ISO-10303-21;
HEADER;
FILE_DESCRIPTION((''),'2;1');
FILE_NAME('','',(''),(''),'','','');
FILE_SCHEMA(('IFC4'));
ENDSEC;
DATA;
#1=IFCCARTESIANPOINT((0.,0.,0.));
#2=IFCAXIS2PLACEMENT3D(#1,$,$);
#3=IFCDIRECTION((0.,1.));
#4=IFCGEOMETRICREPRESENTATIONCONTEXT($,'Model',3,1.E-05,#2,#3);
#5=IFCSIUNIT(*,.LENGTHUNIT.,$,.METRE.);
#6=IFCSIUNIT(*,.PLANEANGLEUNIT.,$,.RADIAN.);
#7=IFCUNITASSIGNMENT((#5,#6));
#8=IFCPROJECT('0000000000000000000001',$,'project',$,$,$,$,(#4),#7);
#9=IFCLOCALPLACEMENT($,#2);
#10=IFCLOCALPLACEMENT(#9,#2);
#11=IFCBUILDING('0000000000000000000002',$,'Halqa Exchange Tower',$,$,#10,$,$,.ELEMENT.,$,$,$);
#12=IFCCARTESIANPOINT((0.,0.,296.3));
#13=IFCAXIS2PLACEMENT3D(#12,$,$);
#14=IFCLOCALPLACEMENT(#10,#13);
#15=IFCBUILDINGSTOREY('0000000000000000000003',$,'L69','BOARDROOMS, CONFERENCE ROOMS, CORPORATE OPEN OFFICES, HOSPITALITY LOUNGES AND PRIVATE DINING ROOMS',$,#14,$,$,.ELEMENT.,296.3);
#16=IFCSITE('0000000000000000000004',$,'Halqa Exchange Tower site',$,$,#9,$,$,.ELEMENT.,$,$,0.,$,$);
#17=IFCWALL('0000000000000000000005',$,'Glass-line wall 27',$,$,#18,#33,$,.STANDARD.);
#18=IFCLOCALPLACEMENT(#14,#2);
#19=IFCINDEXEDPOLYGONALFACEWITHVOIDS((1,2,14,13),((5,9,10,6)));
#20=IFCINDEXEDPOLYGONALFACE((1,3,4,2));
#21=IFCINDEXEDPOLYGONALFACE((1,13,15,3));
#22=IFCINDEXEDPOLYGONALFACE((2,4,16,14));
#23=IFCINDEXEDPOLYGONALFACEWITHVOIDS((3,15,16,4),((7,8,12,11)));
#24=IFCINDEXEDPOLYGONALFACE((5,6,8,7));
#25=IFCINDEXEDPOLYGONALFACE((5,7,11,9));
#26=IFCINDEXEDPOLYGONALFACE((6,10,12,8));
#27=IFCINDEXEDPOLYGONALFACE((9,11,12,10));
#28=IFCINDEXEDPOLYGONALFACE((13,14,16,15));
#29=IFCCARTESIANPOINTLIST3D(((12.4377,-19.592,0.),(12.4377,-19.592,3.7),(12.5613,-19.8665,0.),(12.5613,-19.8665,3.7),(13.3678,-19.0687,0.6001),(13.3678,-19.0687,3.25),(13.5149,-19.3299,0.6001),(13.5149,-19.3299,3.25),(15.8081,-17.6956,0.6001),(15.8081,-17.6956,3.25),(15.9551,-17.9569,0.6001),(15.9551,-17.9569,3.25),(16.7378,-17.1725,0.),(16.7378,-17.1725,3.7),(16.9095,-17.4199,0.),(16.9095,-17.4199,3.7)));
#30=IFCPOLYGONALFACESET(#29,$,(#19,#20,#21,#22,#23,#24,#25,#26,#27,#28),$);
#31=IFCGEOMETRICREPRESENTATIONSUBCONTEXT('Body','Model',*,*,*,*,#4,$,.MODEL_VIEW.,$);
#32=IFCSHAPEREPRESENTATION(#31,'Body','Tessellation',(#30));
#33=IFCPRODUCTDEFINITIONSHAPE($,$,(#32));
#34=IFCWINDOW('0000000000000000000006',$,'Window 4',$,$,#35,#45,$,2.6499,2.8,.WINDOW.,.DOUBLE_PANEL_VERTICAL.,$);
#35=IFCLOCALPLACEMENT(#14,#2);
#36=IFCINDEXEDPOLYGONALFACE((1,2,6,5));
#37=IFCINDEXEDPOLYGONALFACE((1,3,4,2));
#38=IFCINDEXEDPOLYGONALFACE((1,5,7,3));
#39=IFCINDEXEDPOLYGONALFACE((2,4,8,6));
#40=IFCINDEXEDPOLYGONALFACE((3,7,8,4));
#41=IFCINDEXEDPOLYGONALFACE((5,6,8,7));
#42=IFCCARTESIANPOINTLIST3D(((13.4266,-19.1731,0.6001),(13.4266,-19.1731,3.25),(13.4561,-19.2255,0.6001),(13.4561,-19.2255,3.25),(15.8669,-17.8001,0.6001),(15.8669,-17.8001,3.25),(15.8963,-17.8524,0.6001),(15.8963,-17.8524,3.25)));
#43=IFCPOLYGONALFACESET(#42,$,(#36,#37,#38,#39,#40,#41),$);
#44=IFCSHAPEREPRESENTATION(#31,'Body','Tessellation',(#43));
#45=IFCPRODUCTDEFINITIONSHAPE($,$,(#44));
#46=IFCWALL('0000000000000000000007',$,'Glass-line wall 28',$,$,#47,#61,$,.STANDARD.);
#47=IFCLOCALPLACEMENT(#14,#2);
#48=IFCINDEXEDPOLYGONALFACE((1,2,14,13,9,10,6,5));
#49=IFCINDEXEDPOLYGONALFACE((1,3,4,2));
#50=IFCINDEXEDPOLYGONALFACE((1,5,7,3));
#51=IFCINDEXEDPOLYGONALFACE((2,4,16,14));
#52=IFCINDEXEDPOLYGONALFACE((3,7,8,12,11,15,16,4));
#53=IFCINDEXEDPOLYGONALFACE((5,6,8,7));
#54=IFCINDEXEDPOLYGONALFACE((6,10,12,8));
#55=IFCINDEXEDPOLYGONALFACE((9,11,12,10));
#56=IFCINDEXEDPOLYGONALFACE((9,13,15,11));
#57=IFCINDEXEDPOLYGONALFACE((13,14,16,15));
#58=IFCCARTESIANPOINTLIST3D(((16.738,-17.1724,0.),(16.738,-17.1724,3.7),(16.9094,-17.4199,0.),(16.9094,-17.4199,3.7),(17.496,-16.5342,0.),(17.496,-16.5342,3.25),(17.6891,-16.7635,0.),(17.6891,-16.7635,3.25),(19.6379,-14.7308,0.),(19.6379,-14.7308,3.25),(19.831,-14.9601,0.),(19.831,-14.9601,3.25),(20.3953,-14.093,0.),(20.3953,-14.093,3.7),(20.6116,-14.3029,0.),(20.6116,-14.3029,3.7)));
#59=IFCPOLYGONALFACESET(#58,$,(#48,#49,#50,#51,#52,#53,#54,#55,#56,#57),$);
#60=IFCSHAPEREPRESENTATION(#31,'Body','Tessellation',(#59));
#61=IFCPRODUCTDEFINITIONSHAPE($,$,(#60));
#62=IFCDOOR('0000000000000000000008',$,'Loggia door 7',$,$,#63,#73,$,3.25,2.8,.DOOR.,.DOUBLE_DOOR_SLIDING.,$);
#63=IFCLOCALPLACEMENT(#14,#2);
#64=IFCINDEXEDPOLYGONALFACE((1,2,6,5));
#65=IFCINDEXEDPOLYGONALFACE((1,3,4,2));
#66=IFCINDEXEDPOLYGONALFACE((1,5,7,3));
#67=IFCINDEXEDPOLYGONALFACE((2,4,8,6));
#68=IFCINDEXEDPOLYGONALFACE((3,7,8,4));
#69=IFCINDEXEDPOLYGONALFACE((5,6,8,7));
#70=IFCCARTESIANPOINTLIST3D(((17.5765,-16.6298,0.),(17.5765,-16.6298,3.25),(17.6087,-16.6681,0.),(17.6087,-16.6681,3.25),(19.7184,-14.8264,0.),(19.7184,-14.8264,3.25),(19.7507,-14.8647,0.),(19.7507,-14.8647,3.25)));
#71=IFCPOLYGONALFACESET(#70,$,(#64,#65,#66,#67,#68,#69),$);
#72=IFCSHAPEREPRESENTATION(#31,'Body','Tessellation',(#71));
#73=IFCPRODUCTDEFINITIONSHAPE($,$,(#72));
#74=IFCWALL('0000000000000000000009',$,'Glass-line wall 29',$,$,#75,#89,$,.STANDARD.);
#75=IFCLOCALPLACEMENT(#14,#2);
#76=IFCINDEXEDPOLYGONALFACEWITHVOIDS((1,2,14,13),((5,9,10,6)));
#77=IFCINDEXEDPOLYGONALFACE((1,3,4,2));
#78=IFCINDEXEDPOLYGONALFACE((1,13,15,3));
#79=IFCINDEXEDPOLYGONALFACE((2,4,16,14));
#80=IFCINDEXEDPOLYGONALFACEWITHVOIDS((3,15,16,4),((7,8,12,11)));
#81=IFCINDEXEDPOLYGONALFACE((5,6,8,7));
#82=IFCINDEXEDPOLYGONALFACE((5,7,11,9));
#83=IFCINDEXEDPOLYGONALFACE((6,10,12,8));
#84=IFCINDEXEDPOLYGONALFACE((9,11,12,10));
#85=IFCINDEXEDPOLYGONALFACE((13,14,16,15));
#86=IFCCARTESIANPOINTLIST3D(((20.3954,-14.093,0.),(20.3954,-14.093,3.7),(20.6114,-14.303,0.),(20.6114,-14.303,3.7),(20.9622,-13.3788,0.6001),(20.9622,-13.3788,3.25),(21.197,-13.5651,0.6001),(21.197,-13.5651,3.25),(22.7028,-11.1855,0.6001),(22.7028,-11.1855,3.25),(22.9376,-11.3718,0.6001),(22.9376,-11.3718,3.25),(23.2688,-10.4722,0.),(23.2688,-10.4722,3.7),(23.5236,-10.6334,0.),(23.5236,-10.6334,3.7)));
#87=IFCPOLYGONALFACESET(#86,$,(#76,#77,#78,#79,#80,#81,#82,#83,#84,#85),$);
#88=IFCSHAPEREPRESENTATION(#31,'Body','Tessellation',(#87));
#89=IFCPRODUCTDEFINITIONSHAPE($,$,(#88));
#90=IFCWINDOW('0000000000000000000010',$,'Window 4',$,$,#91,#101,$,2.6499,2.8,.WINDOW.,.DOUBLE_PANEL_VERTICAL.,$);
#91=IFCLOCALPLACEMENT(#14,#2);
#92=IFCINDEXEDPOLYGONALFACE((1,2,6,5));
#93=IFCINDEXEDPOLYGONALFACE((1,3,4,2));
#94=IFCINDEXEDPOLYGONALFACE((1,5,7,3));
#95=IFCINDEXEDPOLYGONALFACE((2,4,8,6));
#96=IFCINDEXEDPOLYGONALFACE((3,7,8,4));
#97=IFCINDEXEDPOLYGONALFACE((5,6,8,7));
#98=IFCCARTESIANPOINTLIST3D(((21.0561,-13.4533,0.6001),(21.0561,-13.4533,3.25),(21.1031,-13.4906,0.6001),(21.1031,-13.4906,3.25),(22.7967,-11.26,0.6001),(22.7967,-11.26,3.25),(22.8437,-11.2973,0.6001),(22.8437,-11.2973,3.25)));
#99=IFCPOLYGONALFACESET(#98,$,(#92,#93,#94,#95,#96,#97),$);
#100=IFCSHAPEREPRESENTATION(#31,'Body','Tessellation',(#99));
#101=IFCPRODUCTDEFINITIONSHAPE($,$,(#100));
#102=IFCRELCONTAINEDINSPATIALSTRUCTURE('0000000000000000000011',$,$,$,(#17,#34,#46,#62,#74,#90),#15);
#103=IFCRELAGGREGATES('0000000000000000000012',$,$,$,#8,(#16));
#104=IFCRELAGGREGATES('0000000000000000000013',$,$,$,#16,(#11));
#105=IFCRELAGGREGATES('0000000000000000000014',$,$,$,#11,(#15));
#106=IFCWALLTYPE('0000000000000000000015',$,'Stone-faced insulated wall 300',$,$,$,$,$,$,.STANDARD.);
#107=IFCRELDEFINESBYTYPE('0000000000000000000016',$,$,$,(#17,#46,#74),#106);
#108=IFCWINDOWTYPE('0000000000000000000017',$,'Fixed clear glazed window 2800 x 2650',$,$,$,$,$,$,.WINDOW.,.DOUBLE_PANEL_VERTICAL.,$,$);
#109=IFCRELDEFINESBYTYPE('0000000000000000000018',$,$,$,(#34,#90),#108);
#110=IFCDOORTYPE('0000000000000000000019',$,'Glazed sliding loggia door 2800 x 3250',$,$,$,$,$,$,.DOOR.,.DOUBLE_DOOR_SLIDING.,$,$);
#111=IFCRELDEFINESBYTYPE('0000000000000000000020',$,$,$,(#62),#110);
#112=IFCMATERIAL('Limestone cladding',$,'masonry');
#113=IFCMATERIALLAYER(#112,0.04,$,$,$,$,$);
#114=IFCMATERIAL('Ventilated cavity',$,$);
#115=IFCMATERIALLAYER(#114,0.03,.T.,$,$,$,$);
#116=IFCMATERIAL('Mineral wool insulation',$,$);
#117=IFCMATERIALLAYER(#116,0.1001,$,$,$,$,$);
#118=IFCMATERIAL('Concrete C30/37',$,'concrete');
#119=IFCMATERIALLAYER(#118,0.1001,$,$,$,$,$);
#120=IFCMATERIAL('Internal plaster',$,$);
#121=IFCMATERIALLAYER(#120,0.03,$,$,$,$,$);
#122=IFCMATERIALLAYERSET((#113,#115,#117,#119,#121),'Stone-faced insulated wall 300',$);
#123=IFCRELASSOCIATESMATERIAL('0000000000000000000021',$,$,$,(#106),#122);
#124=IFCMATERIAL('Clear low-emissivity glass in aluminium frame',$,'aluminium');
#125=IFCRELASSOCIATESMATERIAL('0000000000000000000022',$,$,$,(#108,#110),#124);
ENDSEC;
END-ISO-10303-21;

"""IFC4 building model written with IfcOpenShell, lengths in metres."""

from ifc_helpers import new_model, si_unit, direction, frame, frame_2d, origin, place, context, subcontext, project, spatial, polyline, rectangle, outline, extrude, material, layer, layer_set, type_object, element, fill, save


model = new_model("IFC4")

# Units and contexts
model_context = context("Model", 3, precision=1e-05, world=origin(), true_north=direction((0.0, 1.0)))
body_context = subcontext(model_context, "Body", "Model", "MODEL_VIEW")
ifc_project = project(units=[si_unit("LENGTHUNIT", "METRE"), si_unit("PLANEANGLEUNIT", "RADIAN")], contexts=[model_context])

# Site, building, storey
site_placement = place(None, origin())
site = spatial("IfcSite", under=ifc_project, at=site_placement, Name="Halqa Exchange Tower site", CompositionType="ELEMENT", RefElevation=0.0)
building_placement = place(site_placement, origin())
building = spatial("IfcBuilding", under=site, at=building_placement, Name="Halqa Exchange Tower", CompositionType="ELEMENT")
storey_placement = place(building_placement, frame((0.0, 0.0, 296.3)))
storey = spatial("IfcBuildingStorey", under=building, at=storey_placement, Name="L69", Description="BOARDROOMS, CONFERENCE ROOMS, CORPORATE OPEN OFFICES, HOSPITALITY LOUNGES AND PRIVATE DINING ROOMS", CompositionType="ELEMENT", Elevation=296.3)

# Wall, opening, window
ifc_material_1 = material(Name="Limestone cladding", Category="masonry")
ifc_layer_1 = layer(ifc_material_1, 0.04)
ifc_material_2 = material(Name="Ventilated cavity")
ifc_layer_2 = layer(ifc_material_2, 0.03, ventilated=True)
ifc_material_3 = material(Name="Mineral wool insulation")
ifc_layer_3 = layer(ifc_material_3, 0.1001)
ifc_material_4 = material(Name="Concrete C30/37", Category="concrete")
ifc_layer_4 = layer(ifc_material_4, 0.1001)
ifc_material_5 = material(Name="Internal plaster")
ifc_layer_5 = layer(ifc_material_5, 0.03)
ifc_layer_set_1 = layer_set([ifc_layer_1, ifc_layer_2, ifc_layer_3, ifc_layer_4, ifc_layer_5], Name="Stone-faced insulated wall 300")
wall_type_1 = type_object("IfcWallType", Name="Stone-faced insulated wall 300", PredefinedType="STANDARD", material=ifc_layer_set_1)
wall_1_placement = place(storey_placement, frame((12.4995, -19.7292, 0.0), z_axis=(0.0, 0.0, 1.0), x_axis=(0.871512, 0.490373, 0.0)))
wall_1 = element("IfcWall", 1, at=wall_1_placement, inside=storey, type_object=wall_type_1, Name="Glass-line wall 27", PredefinedType="STANDARD", context=body_context, shape_type="SweptSolid", body=[
    extrude(outline(polyline([(-0.0134, -0.1499), (4.9758, -0.1499), (4.9475, 0.1499), (0.0134, 0.1499), (-0.0134, -0.1499)])), origin(), (0.0, 0.0, 1.0), 3.7),
])
opening_1_placement = place(wall_1_placement, frame((1.0808, 0.0, 0.6001)))
opening_1 = element("IfcOpeningElement", 2, at=opening_1_placement, cuts=wall_1, PredefinedType="OPENING", context=body_context, shape_type="SweptSolid", body=[
    extrude(rectangle(XDim=2.8, YDim=2.6499, at=frame_2d((1.3999, 1.325))), frame((0.0, 0.1621, 0.0), z_axis=(0.0, -1.0, 0.0), x_axis=(1.0, 0.0, 0.0)), (0.0, 0.0, 1.0), 0.324),
])
ifc_material_6 = material(Name="Clear low-emissivity glass in aluminium frame", Category="aluminium")
window_type = type_object("IfcWindowType", Name="Fixed clear glazed window 2800 x 2650", PartitioningType="DOUBLE_PANEL_VERTICAL", PredefinedType="WINDOW", material=ifc_material_6)
window_1_placement = place(opening_1_placement, origin())
window_1 = element("IfcWindow", 3, at=window_1_placement, inside=storey, type_object=window_type, Name="Window 4", OverallHeight=2.6499, OverallWidth=2.8, PartitioningType="DOUBLE_PANEL_VERTICAL", PredefinedType="WINDOW", context=body_context, shape_type="SweptSolid", body=[
    extrude(rectangle(XDim=2.8, YDim=2.6499, at=frame_2d((1.3999, 1.325))), frame((0.0, 0.03, 0.0), z_axis=(0.0, -1.0, 0.0), x_axis=(1.0, 0.0, 0.0)), (0.0, 0.0, 1.0), 0.0601),
])
fill(opening_1, window_1)

# Wall, opening, door
wall_2_placement = place(storey_placement, frame((16.8237, -17.2961, 0.0), z_axis=(0.0, 0.0, 1.0), x_axis=(0.764966, 0.64407, 0.0)))
wall_2 = element("IfcWall", 4, at=wall_2_placement, inside=storey, type_object=wall_type_1, Name="Glass-line wall 28", PredefinedType="STANDARD", context=body_context, shape_type="SweptSolid", body=[
    extrude(outline(polyline([(-0.0142, -0.1499), (4.8254, -0.1499), (4.7952, 0.1499), (0.0142, 0.1499), (-0.0142, -0.1499)])), origin(), (0.0, 0.0, 1.0), 3.7),
])
opening_2_placement = place(wall_2_placement, frame((1.0051, 0.0, 0.0)))
opening_2 = element("IfcOpeningElement", 5, at=opening_2_placement, cuts=wall_2, PredefinedType="OPENING", context=body_context, shape_type="SweptSolid", body=[
    extrude(rectangle(XDim=2.8, YDim=3.25, at=frame_2d((1.3999, 1.625))), frame((0.0, 0.1621, 0.0), z_axis=(0.0, -1.0, 0.0), x_axis=(1.0, 0.0, 0.0)), (0.0, 0.0, 1.0), 0.324),
])
door_type_1 = type_object("IfcDoorType", Name="Glazed sliding loggia door 2800 x 3250", OperationType="DOUBLE_DOOR_SLIDING", PredefinedType="DOOR", material=ifc_material_6)
door_1_placement = place(opening_2_placement, origin())
door_1 = element("IfcDoor", 6, at=door_1_placement, inside=storey, type_object=door_type_1, Name="Loggia door 7", OperationType="DOUBLE_DOOR_SLIDING", OverallHeight=3.25, OverallWidth=2.8, PredefinedType="DOOR", context=body_context, shape_type="SweptSolid", body=[
    extrude(rectangle(XDim=2.8, YDim=3.25, at=frame_2d((1.3999, 1.625))), frame((0.0, 0.0249, 0.0), z_axis=(0.0, -1.0, 0.0), x_axis=(1.0, 0.0, 0.0)), (0.0, 0.0, 1.0), 0.05),
])
fill(opening_2, door_1)

# Wall, opening, window
wall_3_placement = place(storey_placement, frame((20.5034, -14.198, 0.0), z_axis=(0.0, 0.0, 1.0), x_axis=(0.621626, 0.783314, 0.0)))
wall_3 = element("IfcWall", 7, at=wall_3_placement, inside=storey, type_object=wall_type_1, Name="Glass-line wall 29", PredefinedType="STANDARD", context=body_context, shape_type="SweptSolid", body=[
    extrude(outline(polyline([(-0.0151, -0.1499), (4.6697, -0.1499), (4.6375, 0.1499), (0.0151, 0.1499), (-0.0151, -0.1499)])), origin(), (0.0, 0.0, 1.0), 3.7),
])
opening_3_placement = place(wall_3_placement, frame((0.927, 0.0, 0.6001)))
opening_3 = element("IfcOpeningElement", 8, at=opening_3_placement, cuts=wall_3, PredefinedType="OPENING", context=body_context, shape_type="SweptSolid", body=[
    extrude(rectangle(XDim=2.8, YDim=2.6499, at=frame_2d((1.3999, 1.325))), frame((0.0, 0.1621, 0.0), z_axis=(0.0, -1.0, 0.0), x_axis=(1.0, 0.0, 0.0)), (0.0, 0.0, 1.0), 0.324),
])
window_2_placement = place(opening_3_placement, origin())
window_2 = element("IfcWindow", 9, at=window_2_placement, inside=storey, type_object=window_type, Name="Window 4", OverallHeight=2.6499, OverallWidth=2.8, PartitioningType="DOUBLE_PANEL_VERTICAL", PredefinedType="WINDOW", context=body_context, shape_type="SweptSolid", body=[
    extrude(rectangle(XDim=2.8, YDim=2.6499, at=frame_2d((1.3999, 1.325))), frame((0.0, 0.03, 0.0), z_axis=(0.0, -1.0, 0.0), x_axis=(1.0, 0.0, 0.0)), (0.0, 0.0, 1.0), 0.0601),
])
fill(opening_3, window_2)

save(model, "model.ifc")
